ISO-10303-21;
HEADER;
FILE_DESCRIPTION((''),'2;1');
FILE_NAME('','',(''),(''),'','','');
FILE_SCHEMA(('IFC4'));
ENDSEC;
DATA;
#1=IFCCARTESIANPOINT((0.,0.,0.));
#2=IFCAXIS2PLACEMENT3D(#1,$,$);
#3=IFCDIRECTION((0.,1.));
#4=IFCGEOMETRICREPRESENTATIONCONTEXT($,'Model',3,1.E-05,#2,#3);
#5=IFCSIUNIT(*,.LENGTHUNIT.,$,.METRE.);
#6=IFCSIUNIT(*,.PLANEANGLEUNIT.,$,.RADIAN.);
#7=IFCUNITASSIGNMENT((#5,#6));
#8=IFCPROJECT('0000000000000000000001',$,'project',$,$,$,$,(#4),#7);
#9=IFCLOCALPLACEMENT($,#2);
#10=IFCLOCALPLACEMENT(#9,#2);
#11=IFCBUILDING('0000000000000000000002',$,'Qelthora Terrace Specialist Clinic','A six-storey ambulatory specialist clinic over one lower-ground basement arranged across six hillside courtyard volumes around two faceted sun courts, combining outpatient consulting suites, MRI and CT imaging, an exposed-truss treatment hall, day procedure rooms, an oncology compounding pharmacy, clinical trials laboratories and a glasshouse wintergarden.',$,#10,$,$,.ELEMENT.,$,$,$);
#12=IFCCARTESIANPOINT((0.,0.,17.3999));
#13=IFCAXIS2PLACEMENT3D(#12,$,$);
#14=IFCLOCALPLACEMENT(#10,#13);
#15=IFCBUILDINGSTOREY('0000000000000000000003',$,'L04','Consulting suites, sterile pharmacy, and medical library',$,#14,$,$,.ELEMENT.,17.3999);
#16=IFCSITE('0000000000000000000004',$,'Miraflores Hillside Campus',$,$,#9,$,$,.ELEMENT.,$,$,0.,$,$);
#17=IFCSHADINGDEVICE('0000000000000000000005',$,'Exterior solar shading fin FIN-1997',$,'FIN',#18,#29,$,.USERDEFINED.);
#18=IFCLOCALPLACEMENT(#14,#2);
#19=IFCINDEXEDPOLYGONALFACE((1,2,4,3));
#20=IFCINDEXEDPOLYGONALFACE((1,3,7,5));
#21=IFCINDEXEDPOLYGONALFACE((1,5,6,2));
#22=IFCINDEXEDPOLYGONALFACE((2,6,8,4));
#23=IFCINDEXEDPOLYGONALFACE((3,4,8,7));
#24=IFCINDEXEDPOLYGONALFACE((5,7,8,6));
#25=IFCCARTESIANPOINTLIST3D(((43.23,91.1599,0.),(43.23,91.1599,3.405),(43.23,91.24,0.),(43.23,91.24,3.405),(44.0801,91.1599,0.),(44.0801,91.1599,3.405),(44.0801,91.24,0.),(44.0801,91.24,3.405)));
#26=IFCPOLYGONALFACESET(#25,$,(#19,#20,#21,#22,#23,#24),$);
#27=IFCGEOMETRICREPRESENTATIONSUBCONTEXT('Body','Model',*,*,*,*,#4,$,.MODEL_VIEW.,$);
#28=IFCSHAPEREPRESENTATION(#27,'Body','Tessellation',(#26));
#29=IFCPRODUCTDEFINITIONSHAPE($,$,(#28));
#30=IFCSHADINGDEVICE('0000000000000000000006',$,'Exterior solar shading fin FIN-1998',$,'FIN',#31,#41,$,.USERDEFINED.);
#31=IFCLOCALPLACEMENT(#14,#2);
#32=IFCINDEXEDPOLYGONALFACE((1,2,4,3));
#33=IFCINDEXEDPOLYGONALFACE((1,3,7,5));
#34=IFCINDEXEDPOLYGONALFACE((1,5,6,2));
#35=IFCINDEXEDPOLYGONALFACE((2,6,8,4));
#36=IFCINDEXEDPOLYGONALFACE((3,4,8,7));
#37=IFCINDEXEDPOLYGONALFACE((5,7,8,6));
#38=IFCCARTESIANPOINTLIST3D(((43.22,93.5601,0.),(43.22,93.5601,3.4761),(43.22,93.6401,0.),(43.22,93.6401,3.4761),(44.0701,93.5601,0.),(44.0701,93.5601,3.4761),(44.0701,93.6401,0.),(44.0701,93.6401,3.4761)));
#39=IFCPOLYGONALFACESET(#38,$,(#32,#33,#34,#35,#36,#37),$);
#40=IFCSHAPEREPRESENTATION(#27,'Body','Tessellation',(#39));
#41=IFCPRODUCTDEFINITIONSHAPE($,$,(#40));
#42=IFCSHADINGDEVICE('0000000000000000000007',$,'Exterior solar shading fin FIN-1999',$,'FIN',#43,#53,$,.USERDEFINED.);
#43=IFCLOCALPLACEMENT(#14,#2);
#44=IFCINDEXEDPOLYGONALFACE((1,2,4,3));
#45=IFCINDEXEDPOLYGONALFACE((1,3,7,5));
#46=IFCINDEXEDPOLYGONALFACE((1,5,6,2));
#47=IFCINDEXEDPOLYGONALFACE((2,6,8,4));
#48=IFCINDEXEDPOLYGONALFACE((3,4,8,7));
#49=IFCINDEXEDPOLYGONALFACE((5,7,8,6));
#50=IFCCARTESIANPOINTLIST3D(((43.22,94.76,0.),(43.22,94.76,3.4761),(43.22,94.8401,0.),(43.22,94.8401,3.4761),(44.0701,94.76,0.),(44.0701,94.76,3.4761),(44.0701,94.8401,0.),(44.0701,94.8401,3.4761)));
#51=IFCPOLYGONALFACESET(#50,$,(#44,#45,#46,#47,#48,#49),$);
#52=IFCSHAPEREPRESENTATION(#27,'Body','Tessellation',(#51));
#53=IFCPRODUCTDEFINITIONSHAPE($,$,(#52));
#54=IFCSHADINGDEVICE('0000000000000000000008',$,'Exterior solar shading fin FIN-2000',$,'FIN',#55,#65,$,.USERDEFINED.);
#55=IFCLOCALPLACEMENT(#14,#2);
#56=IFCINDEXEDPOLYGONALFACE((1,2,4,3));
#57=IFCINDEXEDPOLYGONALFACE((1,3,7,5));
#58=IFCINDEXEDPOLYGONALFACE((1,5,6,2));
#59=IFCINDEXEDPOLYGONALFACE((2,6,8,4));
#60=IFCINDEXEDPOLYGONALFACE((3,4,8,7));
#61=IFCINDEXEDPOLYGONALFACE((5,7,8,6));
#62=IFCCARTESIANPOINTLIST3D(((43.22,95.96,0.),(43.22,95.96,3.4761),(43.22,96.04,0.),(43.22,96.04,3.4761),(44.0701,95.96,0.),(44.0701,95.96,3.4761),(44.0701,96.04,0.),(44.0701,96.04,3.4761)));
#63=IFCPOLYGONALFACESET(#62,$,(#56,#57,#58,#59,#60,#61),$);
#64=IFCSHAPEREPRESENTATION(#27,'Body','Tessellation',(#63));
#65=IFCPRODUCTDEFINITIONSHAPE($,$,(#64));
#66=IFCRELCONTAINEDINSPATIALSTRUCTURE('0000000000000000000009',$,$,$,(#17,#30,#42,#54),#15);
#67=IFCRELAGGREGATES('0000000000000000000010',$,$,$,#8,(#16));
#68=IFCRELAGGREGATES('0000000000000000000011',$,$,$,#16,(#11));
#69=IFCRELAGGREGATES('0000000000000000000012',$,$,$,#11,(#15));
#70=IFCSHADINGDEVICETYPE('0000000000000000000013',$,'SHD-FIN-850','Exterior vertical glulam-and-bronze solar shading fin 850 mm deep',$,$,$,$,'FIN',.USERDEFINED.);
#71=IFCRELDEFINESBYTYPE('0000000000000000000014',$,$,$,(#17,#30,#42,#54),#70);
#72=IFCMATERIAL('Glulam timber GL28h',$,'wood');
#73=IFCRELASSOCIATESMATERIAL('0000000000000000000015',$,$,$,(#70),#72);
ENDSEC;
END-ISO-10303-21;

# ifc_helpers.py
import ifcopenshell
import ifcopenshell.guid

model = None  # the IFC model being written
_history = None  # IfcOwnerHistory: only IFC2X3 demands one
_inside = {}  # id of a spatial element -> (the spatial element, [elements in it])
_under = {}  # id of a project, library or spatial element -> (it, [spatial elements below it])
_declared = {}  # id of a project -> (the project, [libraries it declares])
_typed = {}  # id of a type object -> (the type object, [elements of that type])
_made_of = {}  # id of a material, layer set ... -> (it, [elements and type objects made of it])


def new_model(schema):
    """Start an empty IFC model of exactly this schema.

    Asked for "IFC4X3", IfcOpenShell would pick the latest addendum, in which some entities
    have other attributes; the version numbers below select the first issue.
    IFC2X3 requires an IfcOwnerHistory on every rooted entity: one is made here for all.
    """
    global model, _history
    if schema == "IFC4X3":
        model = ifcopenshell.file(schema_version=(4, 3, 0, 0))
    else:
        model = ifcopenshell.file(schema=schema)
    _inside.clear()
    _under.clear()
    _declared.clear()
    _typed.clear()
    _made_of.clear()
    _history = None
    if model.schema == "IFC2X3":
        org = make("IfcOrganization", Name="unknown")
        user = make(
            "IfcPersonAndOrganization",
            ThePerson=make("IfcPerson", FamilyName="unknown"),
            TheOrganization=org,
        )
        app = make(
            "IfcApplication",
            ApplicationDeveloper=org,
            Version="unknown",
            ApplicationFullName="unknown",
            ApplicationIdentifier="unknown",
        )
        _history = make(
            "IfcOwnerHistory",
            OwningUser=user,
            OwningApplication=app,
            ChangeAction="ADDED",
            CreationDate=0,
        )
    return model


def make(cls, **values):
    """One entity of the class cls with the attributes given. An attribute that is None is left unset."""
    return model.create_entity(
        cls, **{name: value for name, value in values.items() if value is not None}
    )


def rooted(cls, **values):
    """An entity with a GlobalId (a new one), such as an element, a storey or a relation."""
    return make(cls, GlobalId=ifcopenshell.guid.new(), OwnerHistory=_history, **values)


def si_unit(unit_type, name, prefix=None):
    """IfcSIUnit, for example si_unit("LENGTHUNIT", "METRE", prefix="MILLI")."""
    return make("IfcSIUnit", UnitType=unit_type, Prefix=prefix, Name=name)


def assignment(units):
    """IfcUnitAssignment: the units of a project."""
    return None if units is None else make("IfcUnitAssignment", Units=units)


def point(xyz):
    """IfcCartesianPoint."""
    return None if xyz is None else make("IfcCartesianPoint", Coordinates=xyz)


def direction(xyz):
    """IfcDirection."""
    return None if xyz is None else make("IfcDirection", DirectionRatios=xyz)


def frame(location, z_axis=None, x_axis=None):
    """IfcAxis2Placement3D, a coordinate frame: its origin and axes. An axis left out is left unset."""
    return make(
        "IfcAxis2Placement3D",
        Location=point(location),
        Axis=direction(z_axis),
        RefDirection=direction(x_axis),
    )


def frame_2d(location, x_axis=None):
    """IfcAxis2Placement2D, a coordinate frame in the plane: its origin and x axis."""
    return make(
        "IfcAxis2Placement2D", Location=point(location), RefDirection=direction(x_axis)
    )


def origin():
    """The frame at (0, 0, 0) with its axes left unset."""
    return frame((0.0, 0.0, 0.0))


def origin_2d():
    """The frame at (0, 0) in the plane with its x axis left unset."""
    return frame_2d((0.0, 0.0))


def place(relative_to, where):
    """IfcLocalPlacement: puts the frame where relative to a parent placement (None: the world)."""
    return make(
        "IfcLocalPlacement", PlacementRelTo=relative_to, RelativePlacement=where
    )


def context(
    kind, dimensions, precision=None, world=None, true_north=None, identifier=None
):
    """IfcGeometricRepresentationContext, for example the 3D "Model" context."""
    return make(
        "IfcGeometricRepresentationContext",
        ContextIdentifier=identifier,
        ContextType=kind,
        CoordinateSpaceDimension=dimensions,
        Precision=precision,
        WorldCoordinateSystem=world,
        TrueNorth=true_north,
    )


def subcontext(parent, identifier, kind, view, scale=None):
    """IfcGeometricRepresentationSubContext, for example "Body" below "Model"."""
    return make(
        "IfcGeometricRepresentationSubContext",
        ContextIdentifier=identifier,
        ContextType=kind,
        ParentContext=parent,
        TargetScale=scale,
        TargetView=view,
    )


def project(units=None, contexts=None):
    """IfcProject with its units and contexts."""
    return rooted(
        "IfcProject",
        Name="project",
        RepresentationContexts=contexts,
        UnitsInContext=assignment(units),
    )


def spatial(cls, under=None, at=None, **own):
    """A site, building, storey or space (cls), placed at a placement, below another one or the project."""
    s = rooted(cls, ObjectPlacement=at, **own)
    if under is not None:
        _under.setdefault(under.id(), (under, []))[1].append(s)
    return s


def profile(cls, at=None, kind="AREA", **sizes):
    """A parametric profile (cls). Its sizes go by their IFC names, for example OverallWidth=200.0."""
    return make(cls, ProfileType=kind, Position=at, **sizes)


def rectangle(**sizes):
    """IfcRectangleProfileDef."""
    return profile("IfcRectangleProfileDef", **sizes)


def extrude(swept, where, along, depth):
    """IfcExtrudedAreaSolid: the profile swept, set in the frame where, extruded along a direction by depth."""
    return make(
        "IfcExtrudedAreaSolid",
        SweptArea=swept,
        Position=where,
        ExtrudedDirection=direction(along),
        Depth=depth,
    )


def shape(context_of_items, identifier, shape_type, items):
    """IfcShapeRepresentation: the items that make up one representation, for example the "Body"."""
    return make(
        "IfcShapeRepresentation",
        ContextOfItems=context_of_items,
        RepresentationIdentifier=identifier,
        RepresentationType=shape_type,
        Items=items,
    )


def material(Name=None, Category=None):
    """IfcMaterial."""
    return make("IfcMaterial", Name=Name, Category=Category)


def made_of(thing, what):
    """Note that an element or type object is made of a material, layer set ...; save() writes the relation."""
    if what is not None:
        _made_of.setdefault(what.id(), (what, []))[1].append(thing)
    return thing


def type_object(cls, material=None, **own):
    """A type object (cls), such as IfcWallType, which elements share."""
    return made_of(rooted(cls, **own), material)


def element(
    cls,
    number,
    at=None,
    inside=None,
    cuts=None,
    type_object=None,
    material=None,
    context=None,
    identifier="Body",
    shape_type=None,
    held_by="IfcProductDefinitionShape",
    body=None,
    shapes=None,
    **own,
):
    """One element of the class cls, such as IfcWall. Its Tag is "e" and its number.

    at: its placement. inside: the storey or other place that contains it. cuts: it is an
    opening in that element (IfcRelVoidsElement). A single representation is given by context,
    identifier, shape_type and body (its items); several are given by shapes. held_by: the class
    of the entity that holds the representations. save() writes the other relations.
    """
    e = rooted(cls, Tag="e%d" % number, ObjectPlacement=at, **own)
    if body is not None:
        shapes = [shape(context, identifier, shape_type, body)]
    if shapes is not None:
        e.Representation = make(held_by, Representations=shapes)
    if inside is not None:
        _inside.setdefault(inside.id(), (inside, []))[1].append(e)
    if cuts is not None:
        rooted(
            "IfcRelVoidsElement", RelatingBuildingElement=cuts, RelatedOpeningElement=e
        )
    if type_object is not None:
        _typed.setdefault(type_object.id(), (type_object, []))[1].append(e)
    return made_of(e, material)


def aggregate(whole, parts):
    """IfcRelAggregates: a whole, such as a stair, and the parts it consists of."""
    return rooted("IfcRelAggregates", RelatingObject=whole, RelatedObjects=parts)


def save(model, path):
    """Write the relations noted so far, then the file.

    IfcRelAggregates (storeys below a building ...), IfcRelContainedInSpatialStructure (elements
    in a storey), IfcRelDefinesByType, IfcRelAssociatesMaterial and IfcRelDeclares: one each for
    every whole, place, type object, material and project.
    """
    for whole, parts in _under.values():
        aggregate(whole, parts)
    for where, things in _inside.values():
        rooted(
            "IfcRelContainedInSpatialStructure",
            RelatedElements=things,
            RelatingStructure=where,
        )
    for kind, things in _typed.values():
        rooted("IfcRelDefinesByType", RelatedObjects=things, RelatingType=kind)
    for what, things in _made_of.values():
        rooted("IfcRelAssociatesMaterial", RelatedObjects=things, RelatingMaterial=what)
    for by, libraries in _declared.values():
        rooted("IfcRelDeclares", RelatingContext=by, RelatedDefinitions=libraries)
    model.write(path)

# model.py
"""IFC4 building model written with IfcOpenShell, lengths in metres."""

from ifc_helpers import new_model, si_unit, direction, frame, origin, origin_2d, place, context, subcontext, project, spatial, rectangle, extrude, material, type_object, element, save


model = new_model("IFC4")

# Units and contexts
model_context = context("Model", 3, precision=1e-05, world=origin(), true_north=direction((0.0, 1.0)))
body_context = subcontext(model_context, "Body", "Model", "MODEL_VIEW")
ifc_project = project(units=[si_unit("LENGTHUNIT", "METRE"), si_unit("PLANEANGLEUNIT", "RADIAN")], contexts=[model_context])

# Site, building, storey
site_placement = place(None, origin())
site = spatial("IfcSite", under=ifc_project, at=site_placement, Name="Miraflores Hillside Campus", CompositionType="ELEMENT", RefElevation=0.0)
building_placement = place(site_placement, origin())
building = spatial("IfcBuilding", under=site, at=building_placement, Name="Qelthora Terrace Specialist Clinic", Description="A six-storey ambulatory specialist clinic over one lower-ground basement arranged across six hillside courtyard volumes around two faceted sun courts, combining outpatient consulting suites, MRI and CT imaging, an exposed-truss treatment hall, day procedure rooms, an oncology compounding pharmacy, clinical trials laboratories and a glasshouse wintergarden.", CompositionType="ELEMENT")
storey_placement = place(building_placement, frame((0.0, 0.0, 17.3999)))
storey = spatial("IfcBuildingStorey", under=building, at=storey_placement, Name="L04", Description="Consulting suites, sterile pharmacy, and medical library", CompositionType="ELEMENT", Elevation=17.3999)

# Shading devices
ifc_material_1 = material(Name="Glulam timber GL28h", Category="wood")
shading_device_type = type_object("IfcShadingDeviceType", Name="SHD-FIN-850", Description="Exterior vertical glulam-and-bronze solar shading fin 850 mm deep", ElementType="FIN", PredefinedType="USERDEFINED", material=ifc_material_1)
for number, where, z_axis, x_axis, name in (
    (1, (43.655, 91.2, 0.0), (0.0, 0.0, 1.0), (1.0, 0.0, 0.0), "Exterior solar shading fin FIN-1997"),
):
    element("IfcShadingDevice", number, at=place(storey_placement, frame(where, z_axis=z_axis, x_axis=x_axis)), inside=storey, type_object=shading_device_type, Name=name, ObjectType="FIN", PredefinedType="USERDEFINED", context=body_context, shape_type="SweptSolid", body=[
        extrude(rectangle(XDim=0.8501, YDim=0.0801, at=origin_2d()), origin(), (0.0, 0.0, 1.0), 3.405),
    ])
for number, where, z_axis, x_axis, name in (
    (2, (43.645, 93.6001, 0.0), (0.0, 0.0, 1.0), (1.0, 0.0, 0.0), "Exterior solar shading fin FIN-1998"),
    (3, (43.645, 94.8, 0.0), (0.0, 0.0, 1.0), (1.0, 0.0, 0.0), "Exterior solar shading fin FIN-1999"),
    (4, (43.645, 96.0, 0.0), (0.0, 0.0, 1.0), (1.0, 0.0, 0.0), "Exterior solar shading fin FIN-2000"),
):
    element("IfcShadingDevice", number, at=place(storey_placement, frame(where, z_axis=z_axis, x_axis=x_axis)), inside=storey, type_object=shading_device_type, Name=name, ObjectType="FIN", PredefinedType="USERDEFINED", context=body_context, shape_type="SweptSolid", body=[
        extrude(rectangle(XDim=0.8501, YDim=0.0801, at=origin_2d()), origin(), (0.0, 0.0, 1.0), 3.4761),
    ])

save(model, "model.ifc")
